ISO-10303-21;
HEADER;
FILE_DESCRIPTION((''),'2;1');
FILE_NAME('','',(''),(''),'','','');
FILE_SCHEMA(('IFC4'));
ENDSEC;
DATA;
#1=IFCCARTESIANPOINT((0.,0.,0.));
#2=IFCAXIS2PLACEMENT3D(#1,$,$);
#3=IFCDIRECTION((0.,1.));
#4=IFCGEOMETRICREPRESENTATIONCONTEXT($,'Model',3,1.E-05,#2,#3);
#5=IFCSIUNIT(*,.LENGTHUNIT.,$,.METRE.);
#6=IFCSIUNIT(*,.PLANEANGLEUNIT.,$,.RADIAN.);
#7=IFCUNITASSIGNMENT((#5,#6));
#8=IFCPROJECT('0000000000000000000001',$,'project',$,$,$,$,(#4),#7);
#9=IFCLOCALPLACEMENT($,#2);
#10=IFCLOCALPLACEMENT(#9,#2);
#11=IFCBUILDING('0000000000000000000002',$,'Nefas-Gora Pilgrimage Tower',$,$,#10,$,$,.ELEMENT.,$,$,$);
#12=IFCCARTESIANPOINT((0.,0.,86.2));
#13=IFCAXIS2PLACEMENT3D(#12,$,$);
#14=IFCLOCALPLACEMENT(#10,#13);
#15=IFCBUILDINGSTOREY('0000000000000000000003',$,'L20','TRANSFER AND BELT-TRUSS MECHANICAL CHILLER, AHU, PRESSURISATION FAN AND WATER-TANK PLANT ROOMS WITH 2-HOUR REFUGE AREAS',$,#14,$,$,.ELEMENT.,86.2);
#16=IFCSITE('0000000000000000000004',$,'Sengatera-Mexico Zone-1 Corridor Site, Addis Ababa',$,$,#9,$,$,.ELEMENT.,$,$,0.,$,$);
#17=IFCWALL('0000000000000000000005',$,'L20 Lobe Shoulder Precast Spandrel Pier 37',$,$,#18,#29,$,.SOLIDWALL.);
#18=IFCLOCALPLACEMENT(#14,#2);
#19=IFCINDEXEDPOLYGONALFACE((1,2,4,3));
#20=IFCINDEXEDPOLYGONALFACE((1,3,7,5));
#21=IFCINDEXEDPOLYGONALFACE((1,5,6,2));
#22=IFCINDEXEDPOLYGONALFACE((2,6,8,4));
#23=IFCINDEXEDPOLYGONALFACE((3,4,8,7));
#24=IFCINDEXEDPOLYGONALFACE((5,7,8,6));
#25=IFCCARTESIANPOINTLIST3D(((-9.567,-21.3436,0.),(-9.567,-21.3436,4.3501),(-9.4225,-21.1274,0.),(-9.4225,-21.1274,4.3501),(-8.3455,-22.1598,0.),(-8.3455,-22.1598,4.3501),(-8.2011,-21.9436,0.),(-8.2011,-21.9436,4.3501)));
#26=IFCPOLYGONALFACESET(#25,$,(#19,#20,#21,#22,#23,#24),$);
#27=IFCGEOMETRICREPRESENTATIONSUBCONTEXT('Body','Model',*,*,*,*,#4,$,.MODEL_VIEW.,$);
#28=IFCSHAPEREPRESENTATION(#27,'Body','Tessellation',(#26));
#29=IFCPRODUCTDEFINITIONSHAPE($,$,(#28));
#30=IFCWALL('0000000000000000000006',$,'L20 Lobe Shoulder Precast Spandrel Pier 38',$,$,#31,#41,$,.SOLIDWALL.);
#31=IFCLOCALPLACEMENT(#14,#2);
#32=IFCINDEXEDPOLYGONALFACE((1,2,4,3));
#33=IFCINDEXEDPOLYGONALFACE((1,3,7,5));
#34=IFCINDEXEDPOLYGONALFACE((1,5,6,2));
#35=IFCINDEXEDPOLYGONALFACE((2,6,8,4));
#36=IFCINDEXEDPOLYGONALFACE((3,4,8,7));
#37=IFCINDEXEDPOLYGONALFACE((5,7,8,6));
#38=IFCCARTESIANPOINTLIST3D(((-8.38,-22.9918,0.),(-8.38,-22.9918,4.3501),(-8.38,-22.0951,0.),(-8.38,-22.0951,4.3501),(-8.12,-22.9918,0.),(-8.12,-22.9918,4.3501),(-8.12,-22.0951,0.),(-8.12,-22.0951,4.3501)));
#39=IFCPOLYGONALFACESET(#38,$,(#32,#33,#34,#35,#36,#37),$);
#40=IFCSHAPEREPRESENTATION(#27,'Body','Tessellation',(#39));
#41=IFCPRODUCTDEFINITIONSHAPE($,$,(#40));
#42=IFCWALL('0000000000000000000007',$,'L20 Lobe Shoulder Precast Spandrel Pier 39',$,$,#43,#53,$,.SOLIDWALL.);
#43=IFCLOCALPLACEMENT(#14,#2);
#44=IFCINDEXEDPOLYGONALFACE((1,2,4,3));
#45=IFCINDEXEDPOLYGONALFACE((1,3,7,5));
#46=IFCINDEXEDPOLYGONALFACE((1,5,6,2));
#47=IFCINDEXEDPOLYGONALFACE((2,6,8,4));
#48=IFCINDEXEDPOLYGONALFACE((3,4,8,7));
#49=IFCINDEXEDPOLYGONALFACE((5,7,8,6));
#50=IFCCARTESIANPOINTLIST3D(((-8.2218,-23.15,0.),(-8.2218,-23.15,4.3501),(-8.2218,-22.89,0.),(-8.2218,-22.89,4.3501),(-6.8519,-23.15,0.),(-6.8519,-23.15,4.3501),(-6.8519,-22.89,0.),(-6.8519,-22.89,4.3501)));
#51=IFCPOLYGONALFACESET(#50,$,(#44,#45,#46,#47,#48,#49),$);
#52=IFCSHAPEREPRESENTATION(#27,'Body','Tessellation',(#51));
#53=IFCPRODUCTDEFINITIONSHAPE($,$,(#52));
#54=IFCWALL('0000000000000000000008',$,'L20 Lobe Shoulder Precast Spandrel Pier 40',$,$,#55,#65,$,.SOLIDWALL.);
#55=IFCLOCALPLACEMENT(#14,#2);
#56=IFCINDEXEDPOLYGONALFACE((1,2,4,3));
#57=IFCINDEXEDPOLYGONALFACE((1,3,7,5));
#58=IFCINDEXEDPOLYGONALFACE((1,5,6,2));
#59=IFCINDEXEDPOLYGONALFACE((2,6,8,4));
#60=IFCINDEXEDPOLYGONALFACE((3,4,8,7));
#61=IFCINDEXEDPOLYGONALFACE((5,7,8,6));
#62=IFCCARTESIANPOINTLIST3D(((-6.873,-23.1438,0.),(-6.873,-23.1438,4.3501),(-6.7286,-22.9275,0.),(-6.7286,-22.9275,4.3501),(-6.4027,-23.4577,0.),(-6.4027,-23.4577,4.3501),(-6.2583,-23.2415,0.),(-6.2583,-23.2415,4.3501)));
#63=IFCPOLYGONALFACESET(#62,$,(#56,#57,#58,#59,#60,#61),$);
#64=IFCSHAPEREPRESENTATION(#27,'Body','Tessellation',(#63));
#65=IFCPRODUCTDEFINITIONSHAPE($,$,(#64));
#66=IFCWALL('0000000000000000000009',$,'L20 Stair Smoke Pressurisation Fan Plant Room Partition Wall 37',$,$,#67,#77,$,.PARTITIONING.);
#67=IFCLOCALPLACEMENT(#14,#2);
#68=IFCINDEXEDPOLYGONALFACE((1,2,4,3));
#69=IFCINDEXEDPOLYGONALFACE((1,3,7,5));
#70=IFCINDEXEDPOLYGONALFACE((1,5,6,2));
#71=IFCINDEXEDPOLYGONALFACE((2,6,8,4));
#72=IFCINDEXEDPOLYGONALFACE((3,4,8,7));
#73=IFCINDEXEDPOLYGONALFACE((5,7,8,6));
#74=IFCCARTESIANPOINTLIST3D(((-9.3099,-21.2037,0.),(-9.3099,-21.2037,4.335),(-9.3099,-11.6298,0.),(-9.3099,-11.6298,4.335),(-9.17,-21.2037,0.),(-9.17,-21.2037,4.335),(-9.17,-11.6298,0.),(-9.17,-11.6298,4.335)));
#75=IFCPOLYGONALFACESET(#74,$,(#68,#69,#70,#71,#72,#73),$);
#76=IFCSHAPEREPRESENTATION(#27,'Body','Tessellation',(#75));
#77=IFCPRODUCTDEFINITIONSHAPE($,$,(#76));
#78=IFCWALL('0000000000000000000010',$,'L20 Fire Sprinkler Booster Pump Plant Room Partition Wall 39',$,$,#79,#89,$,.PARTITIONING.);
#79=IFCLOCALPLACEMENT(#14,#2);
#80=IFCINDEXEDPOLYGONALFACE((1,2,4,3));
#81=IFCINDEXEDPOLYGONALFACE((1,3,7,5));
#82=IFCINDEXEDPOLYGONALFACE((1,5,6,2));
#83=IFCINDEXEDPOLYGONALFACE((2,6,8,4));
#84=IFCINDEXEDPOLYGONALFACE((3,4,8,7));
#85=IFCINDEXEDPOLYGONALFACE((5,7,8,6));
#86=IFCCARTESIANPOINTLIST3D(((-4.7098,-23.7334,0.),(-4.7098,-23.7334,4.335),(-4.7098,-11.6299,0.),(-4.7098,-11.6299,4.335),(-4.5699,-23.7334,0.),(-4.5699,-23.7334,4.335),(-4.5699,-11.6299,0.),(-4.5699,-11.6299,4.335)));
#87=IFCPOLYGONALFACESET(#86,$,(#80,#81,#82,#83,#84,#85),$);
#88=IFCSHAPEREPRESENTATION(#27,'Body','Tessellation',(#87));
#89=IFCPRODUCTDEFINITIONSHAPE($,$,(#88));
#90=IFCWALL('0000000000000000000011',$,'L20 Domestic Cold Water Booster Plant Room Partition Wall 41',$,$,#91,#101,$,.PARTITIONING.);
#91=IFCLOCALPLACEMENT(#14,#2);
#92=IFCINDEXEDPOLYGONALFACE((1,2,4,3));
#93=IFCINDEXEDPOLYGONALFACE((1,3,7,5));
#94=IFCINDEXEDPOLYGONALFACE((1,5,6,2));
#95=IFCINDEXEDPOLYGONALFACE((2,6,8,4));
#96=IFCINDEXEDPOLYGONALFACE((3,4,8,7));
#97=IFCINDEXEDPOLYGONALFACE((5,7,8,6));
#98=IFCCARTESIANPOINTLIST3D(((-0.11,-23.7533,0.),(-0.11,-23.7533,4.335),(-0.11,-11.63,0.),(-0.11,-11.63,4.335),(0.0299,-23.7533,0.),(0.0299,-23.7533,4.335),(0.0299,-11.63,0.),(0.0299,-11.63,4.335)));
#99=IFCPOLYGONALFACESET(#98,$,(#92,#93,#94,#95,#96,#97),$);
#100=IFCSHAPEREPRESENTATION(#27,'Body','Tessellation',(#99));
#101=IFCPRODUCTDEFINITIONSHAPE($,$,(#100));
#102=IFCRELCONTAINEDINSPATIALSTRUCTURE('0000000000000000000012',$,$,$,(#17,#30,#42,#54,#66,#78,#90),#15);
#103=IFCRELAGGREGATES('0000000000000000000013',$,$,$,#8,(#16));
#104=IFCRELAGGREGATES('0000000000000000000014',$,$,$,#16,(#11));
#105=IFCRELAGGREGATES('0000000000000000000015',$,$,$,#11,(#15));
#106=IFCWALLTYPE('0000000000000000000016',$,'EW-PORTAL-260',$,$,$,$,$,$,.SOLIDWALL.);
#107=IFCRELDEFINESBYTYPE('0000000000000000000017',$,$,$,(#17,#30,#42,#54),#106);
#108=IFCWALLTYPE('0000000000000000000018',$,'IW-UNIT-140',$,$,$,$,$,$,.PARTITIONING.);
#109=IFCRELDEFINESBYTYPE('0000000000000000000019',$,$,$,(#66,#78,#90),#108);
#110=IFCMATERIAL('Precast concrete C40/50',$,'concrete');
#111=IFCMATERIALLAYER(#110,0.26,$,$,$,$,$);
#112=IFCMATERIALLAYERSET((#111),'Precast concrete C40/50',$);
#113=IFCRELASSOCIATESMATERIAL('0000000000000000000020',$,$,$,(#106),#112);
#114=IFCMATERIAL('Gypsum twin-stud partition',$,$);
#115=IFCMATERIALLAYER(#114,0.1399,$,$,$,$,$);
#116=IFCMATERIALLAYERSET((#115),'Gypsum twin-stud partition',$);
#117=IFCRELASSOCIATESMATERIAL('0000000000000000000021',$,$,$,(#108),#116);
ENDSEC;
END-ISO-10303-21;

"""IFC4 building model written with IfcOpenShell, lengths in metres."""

from ifc_helpers import new_model, si_unit, direction, frame, frame_2d, origin, place, context, subcontext, project, spatial, rectangle, extrude, source, transform, mapped, material, layer, layer_set, type_object, element, save


model = new_model("IFC4")

# Units and contexts
model_context = context("Model", 3, precision=1e-05, world=origin(), true_north=direction((0.0, 1.0)))
body_context = subcontext(model_context, "Body", "Model", "MODEL_VIEW")
ifc_project = project(units=[si_unit("LENGTHUNIT", "METRE"), si_unit("PLANEANGLEUNIT", "RADIAN")], contexts=[model_context])

# Site, building, storey
site_placement = place(None, origin())
site = spatial("IfcSite", under=ifc_project, at=site_placement, Name="Sengatera-Mexico Zone-1 Corridor Site, Addis Ababa", CompositionType="ELEMENT", RefElevation=0.0)
building_placement = place(site_placement, origin())
building = spatial("IfcBuilding", under=site, at=building_placement, Name="Nefas-Gora Pilgrimage Tower", CompositionType="ELEMENT")
storey_placement = place(building_placement, frame((0.0, 0.0, 86.2)))
storey = spatial("IfcBuildingStorey", under=building, at=storey_placement, Name="L20", Description="TRANSFER AND BELT-TRUSS MECHANICAL CHILLER, AHU, PRESSURISATION FAN AND WATER-TANK PLANT ROOMS WITH 2-HOUR REFUGE AREAS", CompositionType="ELEMENT", Elevation=86.2)

# Walls
ifc_material_1 = material(Name="Precast concrete C40/50", Category="concrete")
ifc_layer_1 = layer(ifc_material_1, 0.26)
ifc_layer_set_1 = layer_set([ifc_layer_1], Name="Precast concrete C40/50")
wall_type_1 = type_object("IfcWallType", Name="EW-PORTAL-260", PredefinedType="SOLIDWALL", material=ifc_layer_set_1)
shared_shape_1 = source(origin(), body_context, "Body", "SweptSolid", [
    extrude(rectangle(XDim=1.469, YDim=0.26, at=frame_2d((0.7344, 0.0))), origin(), (0.0, 0.0, 1.0), 4.3501),
])
wall_1_placement = place(storey_placement, frame((-9.4946, -21.2356, 0.0), z_axis=(0.0, 0.0, 1.0), x_axis=(0.831462, -0.555582, 0.0)))
element("IfcWall", 1, at=wall_1_placement, inside=storey, type_object=wall_type_1, Name="L20 Lobe Shoulder Precast Spandrel Pier 37", PredefinedType="SOLIDWALL", context=body_context, shape_type="MappedRepresentation", body=[
    mapped(shared_shape_1, transform((0.0, 0.0, 0.0), x_axis=(1.0, 0.0, 0.0), y_axis=(0.0, 1.0, 0.0), z_axis=(0.0, 0.0, 1.0), scale=1.0)),
])
shared_shape_2 = source(origin(), body_context, "Body", "SweptSolid", [
    extrude(rectangle(XDim=0.8967, YDim=0.26, at=frame_2d((0.4482, 0.0))), origin(), (0.0, 0.0, 1.0), 4.3501),
])
wall_2_placement = place(storey_placement, frame((-8.25, -22.0952, 0.0), z_axis=(0.0, 0.0, 1.0), x_axis=(0.0, -1.0, 0.0)))
element("IfcWall", 2, at=wall_2_placement, inside=storey, type_object=wall_type_1, Name="L20 Lobe Shoulder Precast Spandrel Pier 38", PredefinedType="SOLIDWALL", context=body_context, shape_type="MappedRepresentation", body=[
    mapped(shared_shape_2, transform((0.0, 0.0, 0.0), x_axis=(1.0, 0.0, 0.0), y_axis=(0.0, 1.0, 0.0), z_axis=(0.0, 0.0, 1.0), scale=1.0)),
])
shared_shape_3 = source(origin(), body_context, "Body", "SweptSolid", [
    extrude(rectangle(XDim=1.3699, YDim=0.26, at=frame_2d((0.6851, 0.0))), origin(), (0.0, 0.0, 1.0), 4.3501),
])
wall_3_placement = place(storey_placement, frame((-8.2219, -23.02, 0.0), z_axis=(0.0, 0.0, 1.0), x_axis=(1.0, 0.0, 0.0)))
element("IfcWall", 3, at=wall_3_placement, inside=storey, type_object=wall_type_1, Name="L20 Lobe Shoulder Precast Spandrel Pier 39", PredefinedType="SOLIDWALL", context=body_context, shape_type="MappedRepresentation", body=[
    mapped(shared_shape_3, transform((0.0, 0.0, 0.0), x_axis=(1.0, 0.0, 0.0), y_axis=(0.0, 1.0, 0.0), z_axis=(0.0, 0.0, 1.0), scale=1.0)),
])
shared_shape_4 = source(origin(), body_context, "Body", "SweptSolid", [
    extrude(rectangle(XDim=0.5654, YDim=0.26, at=frame_2d((0.2827, 0.0))), origin(), (0.0, 0.0, 1.0), 4.3501),
])
wall_4_placement = place(storey_placement, frame((-6.8008, -23.0356, 0.0), z_axis=(0.0, 0.0, 1.0), x_axis=(0.831651, -0.555298, 0.0)))
element("IfcWall", 4, at=wall_4_placement, inside=storey, type_object=wall_type_1, Name="L20 Lobe Shoulder Precast Spandrel Pier 40", PredefinedType="SOLIDWALL", context=body_context, shape_type="MappedRepresentation", body=[
    mapped(shared_shape_4, transform((0.0, 0.0, 0.0), x_axis=(1.0, 0.0, 0.0), y_axis=(0.0, 1.0, 0.0), z_axis=(0.0, 0.0, 1.0), scale=1.0)),
])
ifc_material_2 = material(Name="Gypsum twin-stud partition")
ifc_layer_2 = layer(ifc_material_2, 0.1399)
ifc_layer_set_2 = layer_set([ifc_layer_2], Name="Gypsum twin-stud partition")
wall_type_2 = type_object("IfcWallType", Name="IW-UNIT-140", PredefinedType="PARTITIONING", material=ifc_layer_set_2)
shared_shape_5 = source(origin(), body_context, "Body", "SweptSolid", [
    extrude(rectangle(XDim=9.574, YDim=0.1399, at=frame_2d((4.7871, 0.0))), origin(), (0.0, 0.0, 1.0), 4.335),
])
wall_5_placement = place(storey_placement, frame((-9.24, -21.2039, 0.0), z_axis=(0.0, 0.0, 1.0), x_axis=(0.0, 1.0, 0.0)))
element("IfcWall", 5, at=wall_5_placement, inside=storey, type_object=wall_type_2, Name="L20 Stair Smoke Pressurisation Fan Plant Room Partition Wall 37", PredefinedType="PARTITIONING", context=body_context, shape_type="MappedRepresentation", body=[
    mapped(shared_shape_5, transform((0.0, 0.0, 0.0), x_axis=(1.0, 0.0, 0.0), y_axis=(0.0, 1.0, 0.0), z_axis=(0.0, 0.0, 1.0), scale=1.0)),
])

# Walls
shared_shape_6 = source(origin(), body_context, "Body", "SweptSolid", [
    extrude(rectangle(XDim=12.1035, YDim=0.1399, at=frame_2d((6.0518, 0.0))), origin(), (0.0, 0.0, 1.0), 4.335),
])
wall_6_placement = place(storey_placement, frame((-4.6399, -23.7334, 0.0), z_axis=(0.0, 0.0, 1.0), x_axis=(0.0, 1.0, 0.0)))
element("IfcWall", 6, at=wall_6_placement, inside=storey, type_object=wall_type_2, Name="L20 Fire Sprinkler Booster Pump Plant Room Partition Wall 39", PredefinedType="PARTITIONING", context=body_context, shape_type="MappedRepresentation", body=[
    mapped(shared_shape_6, transform((0.0, 0.0, 0.0), x_axis=(1.0, 0.0, 0.0), y_axis=(0.0, 1.0, 0.0), z_axis=(0.0, 0.0, 1.0), scale=1.0)),
])
shared_shape_7 = source(origin(), body_context, "Body", "SweptSolid", [
    extrude(rectangle(XDim=12.1233, YDim=0.1399, at=frame_2d((6.0615, 0.0))), origin(), (0.0, 0.0, 1.0), 4.335),
])
wall_7_placement = place(storey_placement, frame((-0.04, -23.7532, 0.0), z_axis=(0.0, 0.0, 1.0), x_axis=(0.0, 1.0, 0.0)))
element("IfcWall", 7, at=wall_7_placement, inside=storey, type_object=wall_type_2, Name="L20 Domestic Cold Water Booster Plant Room Partition Wall 41", PredefinedType="PARTITIONING", context=body_context, shape_type="MappedRepresentation", body=[
    mapped(shared_shape_7, transform((0.0, 0.0, 0.0), x_axis=(1.0, 0.0, 0.0), y_axis=(0.0, 1.0, 0.0), z_axis=(0.0, 0.0, 1.0), scale=1.0)),
])

save(model, "model.ifc")
